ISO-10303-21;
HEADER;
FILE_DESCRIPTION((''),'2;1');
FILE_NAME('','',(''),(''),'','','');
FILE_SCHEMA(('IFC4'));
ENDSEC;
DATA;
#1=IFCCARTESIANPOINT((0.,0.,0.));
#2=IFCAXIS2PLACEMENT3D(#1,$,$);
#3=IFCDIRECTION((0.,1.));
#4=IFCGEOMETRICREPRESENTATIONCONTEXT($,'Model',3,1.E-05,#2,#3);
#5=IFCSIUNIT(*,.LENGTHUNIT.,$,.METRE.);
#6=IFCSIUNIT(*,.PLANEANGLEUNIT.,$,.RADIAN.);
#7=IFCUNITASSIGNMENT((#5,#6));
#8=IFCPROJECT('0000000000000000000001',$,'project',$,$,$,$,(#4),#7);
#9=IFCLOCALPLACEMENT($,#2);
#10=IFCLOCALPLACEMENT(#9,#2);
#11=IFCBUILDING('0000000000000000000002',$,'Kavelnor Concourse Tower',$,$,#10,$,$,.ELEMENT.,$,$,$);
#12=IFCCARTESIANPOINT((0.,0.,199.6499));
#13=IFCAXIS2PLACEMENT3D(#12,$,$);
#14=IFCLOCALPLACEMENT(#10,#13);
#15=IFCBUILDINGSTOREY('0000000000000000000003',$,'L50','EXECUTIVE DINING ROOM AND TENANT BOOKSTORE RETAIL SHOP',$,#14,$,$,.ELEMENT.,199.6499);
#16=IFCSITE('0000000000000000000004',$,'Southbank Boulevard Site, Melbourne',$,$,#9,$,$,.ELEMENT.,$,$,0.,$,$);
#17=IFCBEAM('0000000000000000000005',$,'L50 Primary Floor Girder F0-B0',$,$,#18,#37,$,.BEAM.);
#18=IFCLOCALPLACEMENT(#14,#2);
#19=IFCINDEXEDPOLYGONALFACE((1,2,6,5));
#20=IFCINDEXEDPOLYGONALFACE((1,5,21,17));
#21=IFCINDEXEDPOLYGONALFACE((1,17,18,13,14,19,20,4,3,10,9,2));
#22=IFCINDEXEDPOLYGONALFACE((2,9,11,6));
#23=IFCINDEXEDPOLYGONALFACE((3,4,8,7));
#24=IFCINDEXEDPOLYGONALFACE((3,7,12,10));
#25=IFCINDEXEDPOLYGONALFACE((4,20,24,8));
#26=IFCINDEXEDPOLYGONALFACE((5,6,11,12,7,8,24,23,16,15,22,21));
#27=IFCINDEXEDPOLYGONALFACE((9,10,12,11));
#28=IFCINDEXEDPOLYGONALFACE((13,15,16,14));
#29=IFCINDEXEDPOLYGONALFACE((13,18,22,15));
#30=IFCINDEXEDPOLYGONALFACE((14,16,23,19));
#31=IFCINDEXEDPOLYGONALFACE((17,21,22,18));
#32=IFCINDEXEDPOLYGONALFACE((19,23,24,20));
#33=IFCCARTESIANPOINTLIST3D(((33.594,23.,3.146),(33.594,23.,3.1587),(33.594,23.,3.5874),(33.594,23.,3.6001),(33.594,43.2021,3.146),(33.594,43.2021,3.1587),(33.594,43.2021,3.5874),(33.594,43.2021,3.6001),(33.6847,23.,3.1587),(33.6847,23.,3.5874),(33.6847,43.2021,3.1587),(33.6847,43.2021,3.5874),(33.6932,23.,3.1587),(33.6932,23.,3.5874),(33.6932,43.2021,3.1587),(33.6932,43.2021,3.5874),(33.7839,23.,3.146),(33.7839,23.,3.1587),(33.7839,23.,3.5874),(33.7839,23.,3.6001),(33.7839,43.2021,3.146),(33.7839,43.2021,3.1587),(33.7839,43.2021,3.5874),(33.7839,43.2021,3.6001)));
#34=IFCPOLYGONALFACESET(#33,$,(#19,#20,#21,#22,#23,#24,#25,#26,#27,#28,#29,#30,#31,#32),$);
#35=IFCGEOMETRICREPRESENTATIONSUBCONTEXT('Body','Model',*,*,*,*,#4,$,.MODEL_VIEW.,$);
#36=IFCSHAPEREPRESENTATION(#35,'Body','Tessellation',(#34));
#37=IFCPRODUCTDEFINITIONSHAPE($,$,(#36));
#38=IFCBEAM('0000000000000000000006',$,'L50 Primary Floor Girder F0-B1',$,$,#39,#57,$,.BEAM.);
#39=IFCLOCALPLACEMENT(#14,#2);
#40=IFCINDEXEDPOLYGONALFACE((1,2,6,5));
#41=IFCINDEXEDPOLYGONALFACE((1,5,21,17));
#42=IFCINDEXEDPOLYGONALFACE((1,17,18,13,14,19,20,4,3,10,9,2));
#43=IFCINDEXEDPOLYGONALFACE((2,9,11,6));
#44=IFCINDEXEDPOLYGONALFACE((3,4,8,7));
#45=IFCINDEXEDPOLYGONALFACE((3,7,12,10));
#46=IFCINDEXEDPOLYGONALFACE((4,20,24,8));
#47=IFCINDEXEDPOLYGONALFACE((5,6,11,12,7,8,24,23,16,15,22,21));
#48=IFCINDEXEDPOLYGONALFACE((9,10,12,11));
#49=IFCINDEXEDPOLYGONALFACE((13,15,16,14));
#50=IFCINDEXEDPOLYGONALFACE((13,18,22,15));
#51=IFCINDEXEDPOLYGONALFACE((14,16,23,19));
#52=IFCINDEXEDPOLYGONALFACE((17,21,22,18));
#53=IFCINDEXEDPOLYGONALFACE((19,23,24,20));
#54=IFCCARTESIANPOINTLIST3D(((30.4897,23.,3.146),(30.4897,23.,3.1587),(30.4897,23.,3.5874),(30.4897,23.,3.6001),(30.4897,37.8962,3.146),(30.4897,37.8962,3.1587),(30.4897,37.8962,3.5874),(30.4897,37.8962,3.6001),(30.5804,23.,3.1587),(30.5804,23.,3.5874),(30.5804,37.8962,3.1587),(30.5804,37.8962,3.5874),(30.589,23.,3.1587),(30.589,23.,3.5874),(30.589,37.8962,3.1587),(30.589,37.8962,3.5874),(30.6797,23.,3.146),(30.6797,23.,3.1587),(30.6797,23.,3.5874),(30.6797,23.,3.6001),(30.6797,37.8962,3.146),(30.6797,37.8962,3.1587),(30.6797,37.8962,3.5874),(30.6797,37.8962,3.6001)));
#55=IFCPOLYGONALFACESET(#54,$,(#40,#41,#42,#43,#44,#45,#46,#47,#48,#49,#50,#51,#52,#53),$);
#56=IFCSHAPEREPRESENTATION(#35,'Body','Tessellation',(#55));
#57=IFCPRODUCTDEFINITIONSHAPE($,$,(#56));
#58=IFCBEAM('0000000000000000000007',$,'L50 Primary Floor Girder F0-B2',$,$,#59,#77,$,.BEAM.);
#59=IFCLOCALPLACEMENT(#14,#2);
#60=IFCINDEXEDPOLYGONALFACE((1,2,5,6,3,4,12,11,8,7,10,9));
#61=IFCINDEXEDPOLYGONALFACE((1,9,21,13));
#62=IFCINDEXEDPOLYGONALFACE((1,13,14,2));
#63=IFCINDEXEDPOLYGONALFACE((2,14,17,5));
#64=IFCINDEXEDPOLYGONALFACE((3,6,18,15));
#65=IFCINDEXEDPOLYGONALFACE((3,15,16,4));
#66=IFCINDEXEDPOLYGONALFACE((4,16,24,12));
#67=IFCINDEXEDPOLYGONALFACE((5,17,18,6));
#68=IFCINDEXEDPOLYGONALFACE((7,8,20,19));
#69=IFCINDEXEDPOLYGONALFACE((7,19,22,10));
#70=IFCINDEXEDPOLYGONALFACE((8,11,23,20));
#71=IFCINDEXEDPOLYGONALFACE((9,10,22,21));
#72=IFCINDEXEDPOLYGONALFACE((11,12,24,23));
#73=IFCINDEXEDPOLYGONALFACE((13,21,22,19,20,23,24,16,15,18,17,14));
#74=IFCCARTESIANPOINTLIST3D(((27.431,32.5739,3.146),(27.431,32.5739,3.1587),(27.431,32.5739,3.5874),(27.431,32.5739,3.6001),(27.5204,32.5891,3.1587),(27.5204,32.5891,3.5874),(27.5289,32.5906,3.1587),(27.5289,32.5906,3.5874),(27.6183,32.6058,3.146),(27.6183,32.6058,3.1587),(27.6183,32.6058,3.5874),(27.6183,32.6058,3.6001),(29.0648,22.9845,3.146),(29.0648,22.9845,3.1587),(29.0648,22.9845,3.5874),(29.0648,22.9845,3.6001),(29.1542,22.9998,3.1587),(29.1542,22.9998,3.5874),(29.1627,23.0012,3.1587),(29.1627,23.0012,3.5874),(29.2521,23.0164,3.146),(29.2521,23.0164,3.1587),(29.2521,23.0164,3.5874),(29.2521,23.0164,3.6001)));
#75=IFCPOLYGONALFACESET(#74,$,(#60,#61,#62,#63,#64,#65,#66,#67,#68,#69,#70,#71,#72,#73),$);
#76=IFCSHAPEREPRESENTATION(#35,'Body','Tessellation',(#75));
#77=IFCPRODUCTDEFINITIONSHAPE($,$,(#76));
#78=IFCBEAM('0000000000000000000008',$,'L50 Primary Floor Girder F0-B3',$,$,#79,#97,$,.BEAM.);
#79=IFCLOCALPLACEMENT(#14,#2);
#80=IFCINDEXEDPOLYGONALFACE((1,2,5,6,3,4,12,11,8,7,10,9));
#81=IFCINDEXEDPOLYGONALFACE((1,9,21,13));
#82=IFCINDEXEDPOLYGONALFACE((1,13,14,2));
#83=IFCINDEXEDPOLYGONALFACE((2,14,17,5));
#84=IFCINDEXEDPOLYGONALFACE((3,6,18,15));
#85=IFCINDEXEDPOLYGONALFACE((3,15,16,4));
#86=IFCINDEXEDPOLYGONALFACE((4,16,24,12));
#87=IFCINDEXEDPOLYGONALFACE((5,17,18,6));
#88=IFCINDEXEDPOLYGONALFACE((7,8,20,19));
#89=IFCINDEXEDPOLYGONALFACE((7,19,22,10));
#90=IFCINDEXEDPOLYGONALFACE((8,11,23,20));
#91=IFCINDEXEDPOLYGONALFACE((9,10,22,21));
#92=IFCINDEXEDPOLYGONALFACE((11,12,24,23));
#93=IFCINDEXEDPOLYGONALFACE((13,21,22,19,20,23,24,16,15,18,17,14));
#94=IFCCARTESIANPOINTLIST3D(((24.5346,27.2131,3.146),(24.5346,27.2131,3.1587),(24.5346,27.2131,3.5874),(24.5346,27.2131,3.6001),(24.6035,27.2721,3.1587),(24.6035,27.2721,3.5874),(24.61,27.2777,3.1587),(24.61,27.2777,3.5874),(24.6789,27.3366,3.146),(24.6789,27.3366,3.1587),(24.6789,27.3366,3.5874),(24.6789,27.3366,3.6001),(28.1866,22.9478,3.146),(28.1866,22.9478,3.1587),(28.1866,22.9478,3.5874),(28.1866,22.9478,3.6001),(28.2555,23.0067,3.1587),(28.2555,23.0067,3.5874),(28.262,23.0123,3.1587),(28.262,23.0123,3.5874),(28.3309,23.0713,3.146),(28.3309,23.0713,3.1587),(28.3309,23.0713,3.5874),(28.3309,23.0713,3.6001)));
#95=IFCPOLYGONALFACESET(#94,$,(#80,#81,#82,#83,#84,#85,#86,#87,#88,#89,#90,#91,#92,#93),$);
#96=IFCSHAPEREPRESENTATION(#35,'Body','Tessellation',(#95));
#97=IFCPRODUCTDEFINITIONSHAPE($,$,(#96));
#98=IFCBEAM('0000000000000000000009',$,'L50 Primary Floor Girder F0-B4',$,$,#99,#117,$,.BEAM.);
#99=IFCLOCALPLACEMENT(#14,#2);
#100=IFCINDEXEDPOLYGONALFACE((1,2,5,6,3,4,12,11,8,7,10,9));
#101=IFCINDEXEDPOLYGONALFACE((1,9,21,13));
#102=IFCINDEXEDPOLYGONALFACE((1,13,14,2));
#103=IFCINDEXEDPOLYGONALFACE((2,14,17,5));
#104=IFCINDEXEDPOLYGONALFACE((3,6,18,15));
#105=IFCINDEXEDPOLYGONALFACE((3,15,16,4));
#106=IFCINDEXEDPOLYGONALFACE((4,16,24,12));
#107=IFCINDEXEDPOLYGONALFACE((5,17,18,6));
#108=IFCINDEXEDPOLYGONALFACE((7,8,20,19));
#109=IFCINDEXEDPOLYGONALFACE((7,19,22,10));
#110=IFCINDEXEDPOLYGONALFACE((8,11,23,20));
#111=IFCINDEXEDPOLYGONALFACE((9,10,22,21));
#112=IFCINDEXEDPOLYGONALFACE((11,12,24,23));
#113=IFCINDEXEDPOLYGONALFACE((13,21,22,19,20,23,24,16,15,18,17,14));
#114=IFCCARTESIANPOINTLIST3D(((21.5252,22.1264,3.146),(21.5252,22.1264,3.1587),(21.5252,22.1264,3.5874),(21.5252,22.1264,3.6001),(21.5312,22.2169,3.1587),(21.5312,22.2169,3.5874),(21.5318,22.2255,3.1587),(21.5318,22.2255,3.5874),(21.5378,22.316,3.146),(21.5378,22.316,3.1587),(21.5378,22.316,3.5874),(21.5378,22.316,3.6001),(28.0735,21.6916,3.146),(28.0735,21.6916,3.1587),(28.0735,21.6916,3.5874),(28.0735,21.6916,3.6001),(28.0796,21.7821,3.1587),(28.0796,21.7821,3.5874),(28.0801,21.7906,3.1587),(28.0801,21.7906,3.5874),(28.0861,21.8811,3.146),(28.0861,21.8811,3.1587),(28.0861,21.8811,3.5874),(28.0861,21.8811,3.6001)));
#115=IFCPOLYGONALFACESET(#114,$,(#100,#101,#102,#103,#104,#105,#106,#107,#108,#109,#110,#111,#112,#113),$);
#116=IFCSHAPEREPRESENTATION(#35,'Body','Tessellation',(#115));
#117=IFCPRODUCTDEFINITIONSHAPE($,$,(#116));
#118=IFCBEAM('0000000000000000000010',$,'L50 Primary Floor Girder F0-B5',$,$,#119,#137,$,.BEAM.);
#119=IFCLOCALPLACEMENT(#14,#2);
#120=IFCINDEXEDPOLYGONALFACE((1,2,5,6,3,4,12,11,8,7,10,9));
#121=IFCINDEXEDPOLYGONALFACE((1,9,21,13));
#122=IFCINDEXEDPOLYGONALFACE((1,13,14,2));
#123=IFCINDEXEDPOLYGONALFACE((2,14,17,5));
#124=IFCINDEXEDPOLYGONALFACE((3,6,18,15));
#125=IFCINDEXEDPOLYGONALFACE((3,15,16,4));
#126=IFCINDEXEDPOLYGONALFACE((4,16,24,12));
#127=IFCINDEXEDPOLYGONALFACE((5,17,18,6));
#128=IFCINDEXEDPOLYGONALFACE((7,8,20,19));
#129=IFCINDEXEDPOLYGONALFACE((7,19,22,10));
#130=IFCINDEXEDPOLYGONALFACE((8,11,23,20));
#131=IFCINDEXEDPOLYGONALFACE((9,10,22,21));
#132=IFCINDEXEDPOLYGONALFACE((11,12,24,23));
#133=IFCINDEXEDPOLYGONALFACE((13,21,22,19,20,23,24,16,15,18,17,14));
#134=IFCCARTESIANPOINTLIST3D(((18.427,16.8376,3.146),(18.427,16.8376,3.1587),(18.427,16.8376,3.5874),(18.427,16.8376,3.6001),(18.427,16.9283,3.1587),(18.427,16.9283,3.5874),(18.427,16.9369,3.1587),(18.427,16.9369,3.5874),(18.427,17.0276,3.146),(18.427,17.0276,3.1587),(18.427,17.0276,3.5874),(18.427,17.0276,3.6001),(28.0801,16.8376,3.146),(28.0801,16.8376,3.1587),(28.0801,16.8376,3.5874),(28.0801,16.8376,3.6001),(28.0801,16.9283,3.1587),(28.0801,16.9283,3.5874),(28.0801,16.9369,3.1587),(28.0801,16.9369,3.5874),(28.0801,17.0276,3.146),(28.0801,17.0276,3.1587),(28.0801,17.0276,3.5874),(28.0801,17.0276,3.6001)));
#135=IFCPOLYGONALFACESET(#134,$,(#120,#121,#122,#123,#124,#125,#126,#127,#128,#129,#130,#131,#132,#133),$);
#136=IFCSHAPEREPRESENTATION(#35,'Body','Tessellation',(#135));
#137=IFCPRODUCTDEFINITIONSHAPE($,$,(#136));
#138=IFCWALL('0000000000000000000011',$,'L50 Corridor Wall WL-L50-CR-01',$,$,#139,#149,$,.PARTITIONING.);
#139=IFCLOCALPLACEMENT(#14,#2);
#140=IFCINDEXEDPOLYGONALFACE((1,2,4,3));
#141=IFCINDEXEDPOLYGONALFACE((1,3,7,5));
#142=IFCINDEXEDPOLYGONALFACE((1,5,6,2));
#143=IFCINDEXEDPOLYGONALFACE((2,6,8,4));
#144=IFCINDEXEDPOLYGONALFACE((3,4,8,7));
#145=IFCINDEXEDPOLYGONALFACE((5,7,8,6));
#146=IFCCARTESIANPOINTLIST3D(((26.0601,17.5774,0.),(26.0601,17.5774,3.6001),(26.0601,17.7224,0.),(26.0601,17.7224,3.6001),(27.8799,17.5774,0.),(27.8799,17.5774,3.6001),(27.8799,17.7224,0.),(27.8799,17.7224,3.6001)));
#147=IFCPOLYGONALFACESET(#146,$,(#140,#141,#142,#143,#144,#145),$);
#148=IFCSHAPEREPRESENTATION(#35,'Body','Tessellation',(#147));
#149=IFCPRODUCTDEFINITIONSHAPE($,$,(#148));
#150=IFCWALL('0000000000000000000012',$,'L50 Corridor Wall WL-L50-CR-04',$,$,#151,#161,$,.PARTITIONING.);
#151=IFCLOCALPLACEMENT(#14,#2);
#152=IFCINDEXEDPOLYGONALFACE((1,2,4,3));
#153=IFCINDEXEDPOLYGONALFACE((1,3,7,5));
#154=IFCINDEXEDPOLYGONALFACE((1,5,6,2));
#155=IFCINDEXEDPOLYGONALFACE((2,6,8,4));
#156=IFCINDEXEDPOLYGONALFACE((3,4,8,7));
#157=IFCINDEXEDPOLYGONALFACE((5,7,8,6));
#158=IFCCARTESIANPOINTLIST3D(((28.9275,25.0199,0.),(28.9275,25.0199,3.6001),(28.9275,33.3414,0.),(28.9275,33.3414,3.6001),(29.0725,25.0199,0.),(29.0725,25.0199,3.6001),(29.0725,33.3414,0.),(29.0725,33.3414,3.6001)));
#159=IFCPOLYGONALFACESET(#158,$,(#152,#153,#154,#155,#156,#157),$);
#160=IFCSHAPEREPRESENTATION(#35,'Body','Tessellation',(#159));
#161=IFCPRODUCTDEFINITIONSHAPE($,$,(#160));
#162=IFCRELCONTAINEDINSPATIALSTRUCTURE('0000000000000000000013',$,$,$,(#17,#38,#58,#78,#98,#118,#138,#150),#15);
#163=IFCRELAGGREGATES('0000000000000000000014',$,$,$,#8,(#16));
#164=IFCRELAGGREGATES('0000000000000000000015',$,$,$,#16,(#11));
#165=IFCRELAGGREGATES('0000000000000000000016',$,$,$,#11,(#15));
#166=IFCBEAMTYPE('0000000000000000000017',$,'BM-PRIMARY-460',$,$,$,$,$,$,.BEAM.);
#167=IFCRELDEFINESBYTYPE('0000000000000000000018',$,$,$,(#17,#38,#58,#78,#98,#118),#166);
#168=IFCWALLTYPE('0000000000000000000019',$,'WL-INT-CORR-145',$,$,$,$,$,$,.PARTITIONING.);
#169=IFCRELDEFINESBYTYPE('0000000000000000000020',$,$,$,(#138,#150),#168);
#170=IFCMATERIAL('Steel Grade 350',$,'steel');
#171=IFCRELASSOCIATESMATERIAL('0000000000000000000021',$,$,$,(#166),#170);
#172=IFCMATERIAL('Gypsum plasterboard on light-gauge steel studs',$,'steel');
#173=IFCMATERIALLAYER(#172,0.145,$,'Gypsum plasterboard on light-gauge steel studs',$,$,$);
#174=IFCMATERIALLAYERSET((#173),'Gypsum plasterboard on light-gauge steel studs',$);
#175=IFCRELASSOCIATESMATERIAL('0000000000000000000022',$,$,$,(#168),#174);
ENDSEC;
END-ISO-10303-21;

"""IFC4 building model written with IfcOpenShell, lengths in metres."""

from ifc_helpers import new_model, si_unit, direction, frame, frame_2d, origin, origin_2d, place, context, subcontext, project, spatial, rectangle, i_section, extrude, material, layer, layer_set, material_profile, profile_set, type_object, element, save


model = new_model("IFC4")

# Units and contexts
model_context = context("Model", 3, precision=1e-05, world=origin(), true_north=direction((0.0, 1.0)))
body_context = subcontext(model_context, "Body", "Model", "MODEL_VIEW")
ifc_project = project(units=[si_unit("LENGTHUNIT", "METRE"), si_unit("PLANEANGLEUNIT", "RADIAN")], contexts=[model_context])

# Site, building, storey
site_placement = place(None, origin())
site = spatial("IfcSite", under=ifc_project, at=site_placement, Name="Southbank Boulevard Site, Melbourne", CompositionType="ELEMENT", RefElevation=0.0)
building_placement = place(site_placement, origin())
building = spatial("IfcBuilding", under=site, at=building_placement, Name="Kavelnor Concourse Tower", CompositionType="ELEMENT")
storey_placement = place(building_placement, frame((0.0, 0.0, 199.6499)))
storey = spatial("IfcBuildingStorey", under=building, at=storey_placement, Name="L50", Description="EXECUTIVE DINING ROOM AND TENANT BOOKSTORE RETAIL SHOP", CompositionType="ELEMENT", Elevation=199.6499)

# Beams
ifc_material_1 = material(Name="Steel Grade 350", Category="steel")
ifc_material_profile = material_profile(ifc_material_1, i_section(OverallWidth=0.1899, OverallDepth=0.4541, WebThickness=0.0085, FlangeThickness=0.0127, at=origin_2d()), Name="460UB67")
ifc_profile_set = profile_set([ifc_material_profile], Name="Steel Grade 350")
beam_type = type_object("IfcBeamType", Name="BM-PRIMARY-460", PredefinedType="BEAM", material=ifc_profile_set)
beam_1_placement = place(storey_placement, frame((33.689, 23.0, 3.373), z_axis=(0.0, 1.0, 0.0), x_axis=(-1.0, 0.0, 0.0)))
element("IfcBeam", 1, at=beam_1_placement, inside=storey, type_object=beam_type, Name="L50 Primary Floor Girder F0-B0", PredefinedType="BEAM", context=body_context, shape_type="SweptSolid", body=[
    extrude(i_section(OverallWidth=0.1899, OverallDepth=0.4541, WebThickness=0.0085, FlangeThickness=0.0127, at=origin_2d()), origin(), (0.0, 0.0, 1.0), 20.2021),
])
beam_2_placement = place(storey_placement, frame((30.5847, 23.0, 3.373), z_axis=(0.0, 1.0, 0.0), x_axis=(-1.0, 0.0, 0.0)))
element("IfcBeam", 2, at=beam_2_placement, inside=storey, type_object=beam_type, Name="L50 Primary Floor Girder F0-B1", PredefinedType="BEAM", context=body_context, shape_type="SweptSolid", body=[
    extrude(i_section(OverallWidth=0.1899, OverallDepth=0.4541, WebThickness=0.0085, FlangeThickness=0.0127, at=origin_2d()), origin(), (0.0, 0.0, 1.0), 14.8962),
])
beam_3_placement = place(storey_placement, frame((29.1584, 23.0005, 3.373), z_axis=(-0.167955, 0.985795, 0.0), x_axis=(-0.985795, -0.167955, 0.0)))
element("IfcBeam", 3, at=beam_3_placement, inside=storey, type_object=beam_type, Name="L50 Primary Floor Girder F0-B2", PredefinedType="BEAM", context=body_context, shape_type="SweptSolid", body=[
    extrude(i_section(OverallWidth=0.1899, OverallDepth=0.4541, WebThickness=0.0085, FlangeThickness=0.0127, at=origin_2d()), origin(), (0.0, 0.0, 1.0), 9.7275),
])
beam_4_placement = place(storey_placement, frame((28.2588, 23.0095, 3.373), z_axis=(-0.650387, 0.759603, 0.0), x_axis=(-0.759603, -0.650387, 0.0)))
element("IfcBeam", 4, at=beam_4_placement, inside=storey, type_object=beam_type, Name="L50 Primary Floor Girder F0-B3", PredefinedType="BEAM", context=body_context, shape_type="SweptSolid", body=[
    extrude(i_section(OverallWidth=0.1899, OverallDepth=0.4541, WebThickness=0.0085, FlangeThickness=0.0127, at=origin_2d()), origin(), (0.0, 0.0, 1.0), 5.6152),
])
beam_5_placement = place(storey_placement, frame((28.0798, 21.7864, 3.373), z_axis=(-0.997803, 0.066255, 0.0), x_axis=(-0.066255, -0.997803, 0.0)))
element("IfcBeam", 5, at=beam_5_placement, inside=storey, type_object=beam_type, Name="L50 Primary Floor Girder F0-B4", PredefinedType="BEAM", context=body_context, shape_type="SweptSolid", body=[
    extrude(i_section(OverallWidth=0.1899, OverallDepth=0.4541, WebThickness=0.0085, FlangeThickness=0.0127, at=origin_2d()), origin(), (0.0, 0.0, 1.0), 6.5627),
])
beam_6_placement = place(storey_placement, frame((28.0801, 16.9326, 3.373), z_axis=(-1.0, 0.0, 0.0), x_axis=(0.0, -1.0, 0.0)))
element("IfcBeam", 6, at=beam_6_placement, inside=storey, type_object=beam_type, Name="L50 Primary Floor Girder F0-B5", PredefinedType="BEAM", context=body_context, shape_type="SweptSolid", body=[
    extrude(i_section(OverallWidth=0.1899, OverallDepth=0.4541, WebThickness=0.0085, FlangeThickness=0.0127, at=origin_2d()), origin(), (0.0, 0.0, 1.0), 9.6531),
])

# Walls
ifc_material_2 = material(Name="Gypsum plasterboard on light-gauge steel studs", Category="steel")
ifc_layer_1 = layer(ifc_material_2, 0.145, Name="Gypsum plasterboard on light-gauge steel studs")
ifc_layer_set_1 = layer_set([ifc_layer_1], Name="Gypsum plasterboard on light-gauge steel studs")
wall_type_1 = type_object("IfcWallType", Name="WL-INT-CORR-145", PredefinedType="PARTITIONING", material=ifc_layer_set_1)
wall_1_placement = place(storey_placement, frame((27.8799, 17.6499, 0.0), z_axis=(0.0, 0.0, 1.0), x_axis=(-1.0, 0.0, 0.0)))
element("IfcWall", 7, at=wall_1_placement, inside=storey, type_object=wall_type_1, Name="L50 Corridor Wall WL-L50-CR-01", PredefinedType="PARTITIONING", context=body_context, shape_type="SweptSolid", body=[
    extrude(rectangle(XDim=1.8198, YDim=0.145, at=frame_2d((0.9099, 0.0))), origin(), (0.0, 0.0, 1.0), 3.6001),
])
wall_2_placement = place(storey_placement, frame((29.0, 25.02, 0.0), z_axis=(0.0, 0.0, 1.0), x_axis=(0.0, 1.0, 0.0)))
element("IfcWall", 8, at=wall_2_placement, inside=storey, type_object=wall_type_1, Name="L50 Corridor Wall WL-L50-CR-04", PredefinedType="PARTITIONING", context=body_context, shape_type="SweptSolid", body=[
    extrude(rectangle(XDim=8.3215, YDim=0.145, at=frame_2d((4.1606, 0.0))), origin(), (0.0, 0.0, 1.0), 3.6001),
])

save(model, "model.ifc")
